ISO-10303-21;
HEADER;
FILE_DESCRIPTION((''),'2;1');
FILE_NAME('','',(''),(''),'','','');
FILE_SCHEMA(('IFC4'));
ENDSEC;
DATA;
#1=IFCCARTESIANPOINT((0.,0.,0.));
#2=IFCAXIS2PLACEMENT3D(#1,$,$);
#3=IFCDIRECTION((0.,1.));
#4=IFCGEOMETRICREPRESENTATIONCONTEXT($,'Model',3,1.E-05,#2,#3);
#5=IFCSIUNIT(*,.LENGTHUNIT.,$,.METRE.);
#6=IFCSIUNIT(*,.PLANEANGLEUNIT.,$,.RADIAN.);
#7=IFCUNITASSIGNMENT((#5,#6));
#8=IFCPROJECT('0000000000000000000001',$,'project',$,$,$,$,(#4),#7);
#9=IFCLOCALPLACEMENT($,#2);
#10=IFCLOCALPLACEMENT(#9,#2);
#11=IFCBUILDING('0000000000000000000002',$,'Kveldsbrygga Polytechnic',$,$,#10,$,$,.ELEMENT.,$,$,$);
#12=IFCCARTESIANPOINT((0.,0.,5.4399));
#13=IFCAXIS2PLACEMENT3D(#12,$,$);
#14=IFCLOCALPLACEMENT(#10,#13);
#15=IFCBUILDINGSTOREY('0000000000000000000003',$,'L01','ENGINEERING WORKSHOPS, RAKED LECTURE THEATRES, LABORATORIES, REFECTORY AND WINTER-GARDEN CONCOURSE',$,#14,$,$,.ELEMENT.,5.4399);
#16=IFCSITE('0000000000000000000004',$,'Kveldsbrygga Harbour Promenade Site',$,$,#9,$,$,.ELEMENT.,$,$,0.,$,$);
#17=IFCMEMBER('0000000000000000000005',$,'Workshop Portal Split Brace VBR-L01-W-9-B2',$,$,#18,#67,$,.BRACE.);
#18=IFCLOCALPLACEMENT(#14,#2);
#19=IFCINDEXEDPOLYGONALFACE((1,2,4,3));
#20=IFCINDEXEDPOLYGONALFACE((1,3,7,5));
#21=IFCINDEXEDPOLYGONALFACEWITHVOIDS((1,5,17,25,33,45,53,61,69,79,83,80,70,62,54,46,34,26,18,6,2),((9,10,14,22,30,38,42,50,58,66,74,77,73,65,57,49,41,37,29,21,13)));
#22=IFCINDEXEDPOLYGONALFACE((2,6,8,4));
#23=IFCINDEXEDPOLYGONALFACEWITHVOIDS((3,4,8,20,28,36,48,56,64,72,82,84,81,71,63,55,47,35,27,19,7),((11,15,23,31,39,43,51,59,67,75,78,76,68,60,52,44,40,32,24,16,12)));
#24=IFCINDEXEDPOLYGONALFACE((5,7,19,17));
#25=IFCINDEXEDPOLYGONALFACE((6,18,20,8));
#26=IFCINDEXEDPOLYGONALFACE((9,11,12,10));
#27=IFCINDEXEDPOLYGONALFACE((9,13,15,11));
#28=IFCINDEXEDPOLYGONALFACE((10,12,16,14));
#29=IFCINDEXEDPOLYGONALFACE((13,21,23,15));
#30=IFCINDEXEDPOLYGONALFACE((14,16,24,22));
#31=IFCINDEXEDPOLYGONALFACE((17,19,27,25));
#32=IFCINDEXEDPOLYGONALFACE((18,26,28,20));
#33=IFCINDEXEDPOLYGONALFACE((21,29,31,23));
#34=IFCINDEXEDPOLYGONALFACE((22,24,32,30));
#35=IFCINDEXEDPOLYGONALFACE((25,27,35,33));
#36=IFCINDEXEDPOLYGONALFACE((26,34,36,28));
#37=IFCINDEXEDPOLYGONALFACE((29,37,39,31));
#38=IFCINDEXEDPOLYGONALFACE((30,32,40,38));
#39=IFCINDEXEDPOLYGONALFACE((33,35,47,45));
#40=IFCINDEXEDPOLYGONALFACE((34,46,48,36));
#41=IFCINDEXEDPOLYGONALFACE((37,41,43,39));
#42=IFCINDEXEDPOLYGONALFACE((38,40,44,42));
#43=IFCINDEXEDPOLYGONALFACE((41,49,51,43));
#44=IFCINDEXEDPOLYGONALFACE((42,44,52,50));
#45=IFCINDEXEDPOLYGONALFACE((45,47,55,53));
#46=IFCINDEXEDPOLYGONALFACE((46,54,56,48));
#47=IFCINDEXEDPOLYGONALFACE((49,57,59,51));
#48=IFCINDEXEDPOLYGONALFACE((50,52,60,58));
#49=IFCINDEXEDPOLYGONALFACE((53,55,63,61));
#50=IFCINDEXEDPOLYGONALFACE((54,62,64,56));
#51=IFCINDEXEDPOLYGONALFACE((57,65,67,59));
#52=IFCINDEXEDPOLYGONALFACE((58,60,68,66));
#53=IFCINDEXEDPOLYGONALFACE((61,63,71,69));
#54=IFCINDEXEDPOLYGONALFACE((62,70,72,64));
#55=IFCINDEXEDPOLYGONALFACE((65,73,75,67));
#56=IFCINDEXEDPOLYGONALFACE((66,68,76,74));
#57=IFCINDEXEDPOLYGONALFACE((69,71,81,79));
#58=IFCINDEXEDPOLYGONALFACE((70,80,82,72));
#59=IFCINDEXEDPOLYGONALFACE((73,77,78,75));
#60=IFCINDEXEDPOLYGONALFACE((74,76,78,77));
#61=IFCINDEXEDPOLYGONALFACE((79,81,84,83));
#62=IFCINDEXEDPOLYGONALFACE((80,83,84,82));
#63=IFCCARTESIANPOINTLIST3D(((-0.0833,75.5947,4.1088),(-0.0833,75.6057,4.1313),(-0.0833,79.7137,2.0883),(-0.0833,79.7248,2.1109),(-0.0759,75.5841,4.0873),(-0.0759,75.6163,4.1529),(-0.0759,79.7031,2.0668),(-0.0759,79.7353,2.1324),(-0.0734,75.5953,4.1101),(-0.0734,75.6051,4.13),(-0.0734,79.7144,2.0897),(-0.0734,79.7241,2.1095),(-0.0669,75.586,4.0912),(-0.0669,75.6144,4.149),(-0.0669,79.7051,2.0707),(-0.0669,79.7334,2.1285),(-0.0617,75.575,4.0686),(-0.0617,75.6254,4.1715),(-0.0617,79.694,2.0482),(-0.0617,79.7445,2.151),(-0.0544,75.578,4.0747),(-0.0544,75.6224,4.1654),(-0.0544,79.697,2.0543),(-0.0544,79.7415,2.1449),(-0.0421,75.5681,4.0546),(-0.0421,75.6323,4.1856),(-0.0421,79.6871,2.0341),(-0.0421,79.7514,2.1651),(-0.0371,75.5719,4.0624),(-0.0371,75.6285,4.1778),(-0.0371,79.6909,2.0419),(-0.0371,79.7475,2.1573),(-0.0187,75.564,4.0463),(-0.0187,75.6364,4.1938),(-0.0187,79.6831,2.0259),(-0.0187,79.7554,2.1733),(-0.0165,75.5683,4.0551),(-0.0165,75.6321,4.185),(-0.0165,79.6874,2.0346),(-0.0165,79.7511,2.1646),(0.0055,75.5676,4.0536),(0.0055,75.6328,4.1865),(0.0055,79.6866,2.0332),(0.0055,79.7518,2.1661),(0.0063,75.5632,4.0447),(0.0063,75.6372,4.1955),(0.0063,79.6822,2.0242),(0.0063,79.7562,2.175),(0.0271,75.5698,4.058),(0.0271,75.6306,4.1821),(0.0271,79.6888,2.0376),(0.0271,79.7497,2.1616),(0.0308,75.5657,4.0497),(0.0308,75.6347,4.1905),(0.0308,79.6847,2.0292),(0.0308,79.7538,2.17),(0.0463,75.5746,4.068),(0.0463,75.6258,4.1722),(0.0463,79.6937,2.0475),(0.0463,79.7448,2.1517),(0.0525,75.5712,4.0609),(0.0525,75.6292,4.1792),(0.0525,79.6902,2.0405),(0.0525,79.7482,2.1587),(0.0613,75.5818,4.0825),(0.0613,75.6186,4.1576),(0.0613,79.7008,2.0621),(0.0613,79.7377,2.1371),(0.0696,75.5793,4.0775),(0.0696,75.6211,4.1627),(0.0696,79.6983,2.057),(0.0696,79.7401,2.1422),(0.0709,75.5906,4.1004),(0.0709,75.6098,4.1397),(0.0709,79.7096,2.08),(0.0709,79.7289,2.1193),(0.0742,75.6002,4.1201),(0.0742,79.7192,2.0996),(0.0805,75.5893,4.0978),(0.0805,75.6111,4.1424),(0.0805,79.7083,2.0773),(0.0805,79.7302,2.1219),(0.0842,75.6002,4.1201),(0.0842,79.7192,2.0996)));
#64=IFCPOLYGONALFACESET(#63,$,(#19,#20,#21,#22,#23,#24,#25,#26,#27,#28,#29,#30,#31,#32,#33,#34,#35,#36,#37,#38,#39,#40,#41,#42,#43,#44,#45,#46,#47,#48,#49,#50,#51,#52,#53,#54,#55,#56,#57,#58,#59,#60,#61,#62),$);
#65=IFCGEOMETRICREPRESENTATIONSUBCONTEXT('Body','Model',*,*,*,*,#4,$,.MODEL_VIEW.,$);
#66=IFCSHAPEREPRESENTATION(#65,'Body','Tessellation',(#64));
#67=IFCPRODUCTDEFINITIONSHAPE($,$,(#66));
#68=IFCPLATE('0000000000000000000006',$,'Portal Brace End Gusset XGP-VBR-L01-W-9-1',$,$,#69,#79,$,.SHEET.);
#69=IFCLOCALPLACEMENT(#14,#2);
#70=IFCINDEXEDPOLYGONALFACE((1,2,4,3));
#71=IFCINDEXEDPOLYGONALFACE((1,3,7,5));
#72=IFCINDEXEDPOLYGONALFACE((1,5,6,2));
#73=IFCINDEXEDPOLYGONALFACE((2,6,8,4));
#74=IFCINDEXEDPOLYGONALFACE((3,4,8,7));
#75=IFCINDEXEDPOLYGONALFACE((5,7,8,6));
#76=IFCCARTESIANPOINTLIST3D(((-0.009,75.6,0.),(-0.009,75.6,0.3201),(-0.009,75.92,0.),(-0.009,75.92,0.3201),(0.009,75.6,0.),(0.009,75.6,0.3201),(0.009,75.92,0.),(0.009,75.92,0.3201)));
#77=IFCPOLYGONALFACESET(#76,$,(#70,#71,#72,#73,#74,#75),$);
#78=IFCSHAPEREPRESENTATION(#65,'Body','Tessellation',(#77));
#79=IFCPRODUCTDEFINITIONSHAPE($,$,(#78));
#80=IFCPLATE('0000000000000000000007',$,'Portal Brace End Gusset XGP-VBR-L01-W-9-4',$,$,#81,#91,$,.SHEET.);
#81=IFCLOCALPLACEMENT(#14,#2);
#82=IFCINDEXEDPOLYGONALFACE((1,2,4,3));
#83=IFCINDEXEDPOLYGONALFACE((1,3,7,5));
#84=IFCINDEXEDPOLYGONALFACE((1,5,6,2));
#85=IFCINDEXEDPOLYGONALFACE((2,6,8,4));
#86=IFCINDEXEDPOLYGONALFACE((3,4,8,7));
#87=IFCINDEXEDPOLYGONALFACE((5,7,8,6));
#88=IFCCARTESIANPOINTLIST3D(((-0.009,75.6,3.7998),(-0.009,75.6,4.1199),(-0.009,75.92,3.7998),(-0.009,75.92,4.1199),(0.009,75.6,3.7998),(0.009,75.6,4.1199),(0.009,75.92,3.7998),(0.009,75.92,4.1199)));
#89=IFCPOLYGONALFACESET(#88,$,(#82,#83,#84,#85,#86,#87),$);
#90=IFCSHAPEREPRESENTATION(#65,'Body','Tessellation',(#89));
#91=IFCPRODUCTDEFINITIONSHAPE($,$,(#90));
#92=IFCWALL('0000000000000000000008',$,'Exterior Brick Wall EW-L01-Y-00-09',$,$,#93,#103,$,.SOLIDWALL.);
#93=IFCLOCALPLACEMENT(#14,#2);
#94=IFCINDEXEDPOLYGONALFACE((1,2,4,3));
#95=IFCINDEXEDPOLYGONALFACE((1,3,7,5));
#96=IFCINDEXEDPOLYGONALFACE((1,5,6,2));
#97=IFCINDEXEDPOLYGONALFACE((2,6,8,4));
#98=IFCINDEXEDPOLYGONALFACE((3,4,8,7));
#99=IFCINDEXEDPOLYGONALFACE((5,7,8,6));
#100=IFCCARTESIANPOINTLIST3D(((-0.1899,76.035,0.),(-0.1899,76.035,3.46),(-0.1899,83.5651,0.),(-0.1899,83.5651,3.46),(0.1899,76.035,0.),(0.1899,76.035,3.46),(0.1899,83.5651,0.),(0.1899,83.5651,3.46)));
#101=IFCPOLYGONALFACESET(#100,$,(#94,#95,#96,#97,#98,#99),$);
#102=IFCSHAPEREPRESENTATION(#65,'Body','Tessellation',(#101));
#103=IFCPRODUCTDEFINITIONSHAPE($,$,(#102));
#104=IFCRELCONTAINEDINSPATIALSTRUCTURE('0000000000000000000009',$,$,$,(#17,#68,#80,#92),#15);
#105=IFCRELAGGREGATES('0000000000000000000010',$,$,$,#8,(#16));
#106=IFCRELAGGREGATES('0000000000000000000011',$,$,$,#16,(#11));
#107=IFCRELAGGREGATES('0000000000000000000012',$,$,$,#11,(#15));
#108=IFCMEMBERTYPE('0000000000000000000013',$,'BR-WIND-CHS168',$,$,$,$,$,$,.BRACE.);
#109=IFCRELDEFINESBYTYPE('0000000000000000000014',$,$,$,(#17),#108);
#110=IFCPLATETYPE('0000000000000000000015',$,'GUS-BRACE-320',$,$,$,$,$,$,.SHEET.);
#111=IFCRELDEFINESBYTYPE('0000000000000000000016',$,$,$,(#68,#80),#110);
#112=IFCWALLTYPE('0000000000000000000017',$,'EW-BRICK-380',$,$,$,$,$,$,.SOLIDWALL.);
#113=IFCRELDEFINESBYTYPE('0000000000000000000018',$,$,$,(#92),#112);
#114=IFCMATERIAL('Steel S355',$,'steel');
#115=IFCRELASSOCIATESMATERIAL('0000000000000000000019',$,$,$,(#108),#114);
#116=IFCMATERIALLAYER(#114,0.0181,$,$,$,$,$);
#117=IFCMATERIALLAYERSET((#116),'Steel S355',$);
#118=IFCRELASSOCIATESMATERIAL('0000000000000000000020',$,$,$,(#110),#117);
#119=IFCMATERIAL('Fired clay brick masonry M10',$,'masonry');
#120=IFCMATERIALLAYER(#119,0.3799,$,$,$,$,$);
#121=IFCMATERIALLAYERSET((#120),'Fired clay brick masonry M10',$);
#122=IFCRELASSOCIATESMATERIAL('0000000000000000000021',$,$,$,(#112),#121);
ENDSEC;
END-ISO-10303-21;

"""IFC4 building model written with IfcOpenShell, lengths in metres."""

from ifc_helpers import new_model, si_unit, direction, frame, frame_2d, origin, origin_2d, place, context, subcontext, project, spatial, rectangle, hollow_circle, extrude, material, layer, layer_set, material_profile, profile_set, type_object, element, save


model = new_model("IFC4")

# Units and contexts
model_context = context("Model", 3, precision=1e-05, world=origin(), true_north=direction((0.0, 1.0)))
body_context = subcontext(model_context, "Body", "Model", "MODEL_VIEW")
ifc_project = project(units=[si_unit("LENGTHUNIT", "METRE"), si_unit("PLANEANGLEUNIT", "RADIAN")], contexts=[model_context])

# Site, building, storey
site_placement = place(None, origin())
site = spatial("IfcSite", under=ifc_project, at=site_placement, Name="Kveldsbrygga Harbour Promenade Site", CompositionType="ELEMENT", RefElevation=0.0)
building_placement = place(site_placement, origin())
building = spatial("IfcBuilding", under=site, at=building_placement, Name="Kveldsbrygga Polytechnic", CompositionType="ELEMENT")
storey_placement = place(building_placement, frame((0.0, 0.0, 5.4399)))
storey = spatial("IfcBuildingStorey", under=building, at=storey_placement, Name="L01", Description="ENGINEERING WORKSHOPS, RAKED LECTURE THEATRES, LABORATORIES, REFECTORY AND WINTER-GARDEN CONCOURSE", CompositionType="ELEMENT", Elevation=5.4399)

# Shared definitions
ifc_material_1 = material(Name="Steel S355", Category="steel")

# Member
ifc_material_profile_1 = material_profile(ifc_material_1, hollow_circle(Radius=0.0842, WallThickness=0.01, at=origin_2d()), Name="CHS 168.3x10.0")
ifc_profile_set_1 = profile_set([ifc_material_profile_1], Name="Steel S355")
member_type = type_object("IfcMemberType", Name="BR-WIND-CHS168", PredefinedType="BRACE", material=ifc_profile_set_1)
member_1_placement = place(storey_placement, frame((0.0, 79.7192, 2.0996), z_axis=(0.0, -0.897807, 0.440389), x_axis=(1.0, 0.0, 0.0)))
element("IfcMember", 1, at=member_1_placement, inside=storey, type_object=member_type, Name="Workshop Portal Split Brace VBR-L01-W-9-B2", PredefinedType="BRACE", context=body_context, shape_type="SweptSolid", body=[
    extrude(hollow_circle(Radius=0.0842, WallThickness=0.01, at=origin_2d()), origin(), (0.0, 0.0, 1.0), 4.5879),
])

# Plates
ifc_layer_1 = layer(ifc_material_1, 0.0181)
ifc_layer_set_1 = layer_set([ifc_layer_1], Name="Steel S355")
plate_type = type_object("IfcPlateType", Name="GUS-BRACE-320", PredefinedType="SHEET", material=ifc_layer_set_1)
for number, where, z_axis, x_axis, name in (
    (2, (0.0, 75.76, 0.0), (0.0, 0.0, 1.0), (1.0, 0.0, 0.0), "Portal Brace End Gusset XGP-VBR-L01-W-9-1"),
    (3, (0.0, 75.76, 3.7998), (0.0, 0.0, 1.0), (1.0, 0.0, 0.0), "Portal Brace End Gusset XGP-VBR-L01-W-9-4"),
):
    element("IfcPlate", number, at=place(storey_placement, frame(where, z_axis=z_axis, x_axis=x_axis)), inside=storey, type_object=plate_type, Name=name, PredefinedType="SHEET", context=body_context, shape_type="SweptSolid", body=[
        extrude(rectangle(XDim=0.0181, YDim=0.3201, at=origin_2d()), origin(), (0.0, 0.0, 1.0), 0.3201),
    ])

# Wall
ifc_material_2 = material(Name="Fired clay brick masonry M10", Category="masonry")
ifc_layer_2 = layer(ifc_material_2, 0.3799)
ifc_layer_set_2 = layer_set([ifc_layer_2], Name="Fired clay brick masonry M10")
wall_type_1 = type_object("IfcWallType", Name="EW-BRICK-380", PredefinedType="SOLIDWALL", material=ifc_layer_set_2)
wall_1_placement = place(storey_placement, frame((0.0, 76.0349, 0.0), z_axis=(0.0, 0.0, 1.0), x_axis=(0.0, 1.0, 0.0)))
element("IfcWall", 4, at=wall_1_placement, inside=storey, type_object=wall_type_1, Name="Exterior Brick Wall EW-L01-Y-00-09", PredefinedType="SOLIDWALL", context=body_context, shape_type="SweptSolid", body=[
    extrude(rectangle(XDim=7.53, YDim=0.3799, at=frame_2d((3.7651, 0.0))), origin(), (0.0, 0.0, 1.0), 3.46),
])

save(model, "model.ifc")
